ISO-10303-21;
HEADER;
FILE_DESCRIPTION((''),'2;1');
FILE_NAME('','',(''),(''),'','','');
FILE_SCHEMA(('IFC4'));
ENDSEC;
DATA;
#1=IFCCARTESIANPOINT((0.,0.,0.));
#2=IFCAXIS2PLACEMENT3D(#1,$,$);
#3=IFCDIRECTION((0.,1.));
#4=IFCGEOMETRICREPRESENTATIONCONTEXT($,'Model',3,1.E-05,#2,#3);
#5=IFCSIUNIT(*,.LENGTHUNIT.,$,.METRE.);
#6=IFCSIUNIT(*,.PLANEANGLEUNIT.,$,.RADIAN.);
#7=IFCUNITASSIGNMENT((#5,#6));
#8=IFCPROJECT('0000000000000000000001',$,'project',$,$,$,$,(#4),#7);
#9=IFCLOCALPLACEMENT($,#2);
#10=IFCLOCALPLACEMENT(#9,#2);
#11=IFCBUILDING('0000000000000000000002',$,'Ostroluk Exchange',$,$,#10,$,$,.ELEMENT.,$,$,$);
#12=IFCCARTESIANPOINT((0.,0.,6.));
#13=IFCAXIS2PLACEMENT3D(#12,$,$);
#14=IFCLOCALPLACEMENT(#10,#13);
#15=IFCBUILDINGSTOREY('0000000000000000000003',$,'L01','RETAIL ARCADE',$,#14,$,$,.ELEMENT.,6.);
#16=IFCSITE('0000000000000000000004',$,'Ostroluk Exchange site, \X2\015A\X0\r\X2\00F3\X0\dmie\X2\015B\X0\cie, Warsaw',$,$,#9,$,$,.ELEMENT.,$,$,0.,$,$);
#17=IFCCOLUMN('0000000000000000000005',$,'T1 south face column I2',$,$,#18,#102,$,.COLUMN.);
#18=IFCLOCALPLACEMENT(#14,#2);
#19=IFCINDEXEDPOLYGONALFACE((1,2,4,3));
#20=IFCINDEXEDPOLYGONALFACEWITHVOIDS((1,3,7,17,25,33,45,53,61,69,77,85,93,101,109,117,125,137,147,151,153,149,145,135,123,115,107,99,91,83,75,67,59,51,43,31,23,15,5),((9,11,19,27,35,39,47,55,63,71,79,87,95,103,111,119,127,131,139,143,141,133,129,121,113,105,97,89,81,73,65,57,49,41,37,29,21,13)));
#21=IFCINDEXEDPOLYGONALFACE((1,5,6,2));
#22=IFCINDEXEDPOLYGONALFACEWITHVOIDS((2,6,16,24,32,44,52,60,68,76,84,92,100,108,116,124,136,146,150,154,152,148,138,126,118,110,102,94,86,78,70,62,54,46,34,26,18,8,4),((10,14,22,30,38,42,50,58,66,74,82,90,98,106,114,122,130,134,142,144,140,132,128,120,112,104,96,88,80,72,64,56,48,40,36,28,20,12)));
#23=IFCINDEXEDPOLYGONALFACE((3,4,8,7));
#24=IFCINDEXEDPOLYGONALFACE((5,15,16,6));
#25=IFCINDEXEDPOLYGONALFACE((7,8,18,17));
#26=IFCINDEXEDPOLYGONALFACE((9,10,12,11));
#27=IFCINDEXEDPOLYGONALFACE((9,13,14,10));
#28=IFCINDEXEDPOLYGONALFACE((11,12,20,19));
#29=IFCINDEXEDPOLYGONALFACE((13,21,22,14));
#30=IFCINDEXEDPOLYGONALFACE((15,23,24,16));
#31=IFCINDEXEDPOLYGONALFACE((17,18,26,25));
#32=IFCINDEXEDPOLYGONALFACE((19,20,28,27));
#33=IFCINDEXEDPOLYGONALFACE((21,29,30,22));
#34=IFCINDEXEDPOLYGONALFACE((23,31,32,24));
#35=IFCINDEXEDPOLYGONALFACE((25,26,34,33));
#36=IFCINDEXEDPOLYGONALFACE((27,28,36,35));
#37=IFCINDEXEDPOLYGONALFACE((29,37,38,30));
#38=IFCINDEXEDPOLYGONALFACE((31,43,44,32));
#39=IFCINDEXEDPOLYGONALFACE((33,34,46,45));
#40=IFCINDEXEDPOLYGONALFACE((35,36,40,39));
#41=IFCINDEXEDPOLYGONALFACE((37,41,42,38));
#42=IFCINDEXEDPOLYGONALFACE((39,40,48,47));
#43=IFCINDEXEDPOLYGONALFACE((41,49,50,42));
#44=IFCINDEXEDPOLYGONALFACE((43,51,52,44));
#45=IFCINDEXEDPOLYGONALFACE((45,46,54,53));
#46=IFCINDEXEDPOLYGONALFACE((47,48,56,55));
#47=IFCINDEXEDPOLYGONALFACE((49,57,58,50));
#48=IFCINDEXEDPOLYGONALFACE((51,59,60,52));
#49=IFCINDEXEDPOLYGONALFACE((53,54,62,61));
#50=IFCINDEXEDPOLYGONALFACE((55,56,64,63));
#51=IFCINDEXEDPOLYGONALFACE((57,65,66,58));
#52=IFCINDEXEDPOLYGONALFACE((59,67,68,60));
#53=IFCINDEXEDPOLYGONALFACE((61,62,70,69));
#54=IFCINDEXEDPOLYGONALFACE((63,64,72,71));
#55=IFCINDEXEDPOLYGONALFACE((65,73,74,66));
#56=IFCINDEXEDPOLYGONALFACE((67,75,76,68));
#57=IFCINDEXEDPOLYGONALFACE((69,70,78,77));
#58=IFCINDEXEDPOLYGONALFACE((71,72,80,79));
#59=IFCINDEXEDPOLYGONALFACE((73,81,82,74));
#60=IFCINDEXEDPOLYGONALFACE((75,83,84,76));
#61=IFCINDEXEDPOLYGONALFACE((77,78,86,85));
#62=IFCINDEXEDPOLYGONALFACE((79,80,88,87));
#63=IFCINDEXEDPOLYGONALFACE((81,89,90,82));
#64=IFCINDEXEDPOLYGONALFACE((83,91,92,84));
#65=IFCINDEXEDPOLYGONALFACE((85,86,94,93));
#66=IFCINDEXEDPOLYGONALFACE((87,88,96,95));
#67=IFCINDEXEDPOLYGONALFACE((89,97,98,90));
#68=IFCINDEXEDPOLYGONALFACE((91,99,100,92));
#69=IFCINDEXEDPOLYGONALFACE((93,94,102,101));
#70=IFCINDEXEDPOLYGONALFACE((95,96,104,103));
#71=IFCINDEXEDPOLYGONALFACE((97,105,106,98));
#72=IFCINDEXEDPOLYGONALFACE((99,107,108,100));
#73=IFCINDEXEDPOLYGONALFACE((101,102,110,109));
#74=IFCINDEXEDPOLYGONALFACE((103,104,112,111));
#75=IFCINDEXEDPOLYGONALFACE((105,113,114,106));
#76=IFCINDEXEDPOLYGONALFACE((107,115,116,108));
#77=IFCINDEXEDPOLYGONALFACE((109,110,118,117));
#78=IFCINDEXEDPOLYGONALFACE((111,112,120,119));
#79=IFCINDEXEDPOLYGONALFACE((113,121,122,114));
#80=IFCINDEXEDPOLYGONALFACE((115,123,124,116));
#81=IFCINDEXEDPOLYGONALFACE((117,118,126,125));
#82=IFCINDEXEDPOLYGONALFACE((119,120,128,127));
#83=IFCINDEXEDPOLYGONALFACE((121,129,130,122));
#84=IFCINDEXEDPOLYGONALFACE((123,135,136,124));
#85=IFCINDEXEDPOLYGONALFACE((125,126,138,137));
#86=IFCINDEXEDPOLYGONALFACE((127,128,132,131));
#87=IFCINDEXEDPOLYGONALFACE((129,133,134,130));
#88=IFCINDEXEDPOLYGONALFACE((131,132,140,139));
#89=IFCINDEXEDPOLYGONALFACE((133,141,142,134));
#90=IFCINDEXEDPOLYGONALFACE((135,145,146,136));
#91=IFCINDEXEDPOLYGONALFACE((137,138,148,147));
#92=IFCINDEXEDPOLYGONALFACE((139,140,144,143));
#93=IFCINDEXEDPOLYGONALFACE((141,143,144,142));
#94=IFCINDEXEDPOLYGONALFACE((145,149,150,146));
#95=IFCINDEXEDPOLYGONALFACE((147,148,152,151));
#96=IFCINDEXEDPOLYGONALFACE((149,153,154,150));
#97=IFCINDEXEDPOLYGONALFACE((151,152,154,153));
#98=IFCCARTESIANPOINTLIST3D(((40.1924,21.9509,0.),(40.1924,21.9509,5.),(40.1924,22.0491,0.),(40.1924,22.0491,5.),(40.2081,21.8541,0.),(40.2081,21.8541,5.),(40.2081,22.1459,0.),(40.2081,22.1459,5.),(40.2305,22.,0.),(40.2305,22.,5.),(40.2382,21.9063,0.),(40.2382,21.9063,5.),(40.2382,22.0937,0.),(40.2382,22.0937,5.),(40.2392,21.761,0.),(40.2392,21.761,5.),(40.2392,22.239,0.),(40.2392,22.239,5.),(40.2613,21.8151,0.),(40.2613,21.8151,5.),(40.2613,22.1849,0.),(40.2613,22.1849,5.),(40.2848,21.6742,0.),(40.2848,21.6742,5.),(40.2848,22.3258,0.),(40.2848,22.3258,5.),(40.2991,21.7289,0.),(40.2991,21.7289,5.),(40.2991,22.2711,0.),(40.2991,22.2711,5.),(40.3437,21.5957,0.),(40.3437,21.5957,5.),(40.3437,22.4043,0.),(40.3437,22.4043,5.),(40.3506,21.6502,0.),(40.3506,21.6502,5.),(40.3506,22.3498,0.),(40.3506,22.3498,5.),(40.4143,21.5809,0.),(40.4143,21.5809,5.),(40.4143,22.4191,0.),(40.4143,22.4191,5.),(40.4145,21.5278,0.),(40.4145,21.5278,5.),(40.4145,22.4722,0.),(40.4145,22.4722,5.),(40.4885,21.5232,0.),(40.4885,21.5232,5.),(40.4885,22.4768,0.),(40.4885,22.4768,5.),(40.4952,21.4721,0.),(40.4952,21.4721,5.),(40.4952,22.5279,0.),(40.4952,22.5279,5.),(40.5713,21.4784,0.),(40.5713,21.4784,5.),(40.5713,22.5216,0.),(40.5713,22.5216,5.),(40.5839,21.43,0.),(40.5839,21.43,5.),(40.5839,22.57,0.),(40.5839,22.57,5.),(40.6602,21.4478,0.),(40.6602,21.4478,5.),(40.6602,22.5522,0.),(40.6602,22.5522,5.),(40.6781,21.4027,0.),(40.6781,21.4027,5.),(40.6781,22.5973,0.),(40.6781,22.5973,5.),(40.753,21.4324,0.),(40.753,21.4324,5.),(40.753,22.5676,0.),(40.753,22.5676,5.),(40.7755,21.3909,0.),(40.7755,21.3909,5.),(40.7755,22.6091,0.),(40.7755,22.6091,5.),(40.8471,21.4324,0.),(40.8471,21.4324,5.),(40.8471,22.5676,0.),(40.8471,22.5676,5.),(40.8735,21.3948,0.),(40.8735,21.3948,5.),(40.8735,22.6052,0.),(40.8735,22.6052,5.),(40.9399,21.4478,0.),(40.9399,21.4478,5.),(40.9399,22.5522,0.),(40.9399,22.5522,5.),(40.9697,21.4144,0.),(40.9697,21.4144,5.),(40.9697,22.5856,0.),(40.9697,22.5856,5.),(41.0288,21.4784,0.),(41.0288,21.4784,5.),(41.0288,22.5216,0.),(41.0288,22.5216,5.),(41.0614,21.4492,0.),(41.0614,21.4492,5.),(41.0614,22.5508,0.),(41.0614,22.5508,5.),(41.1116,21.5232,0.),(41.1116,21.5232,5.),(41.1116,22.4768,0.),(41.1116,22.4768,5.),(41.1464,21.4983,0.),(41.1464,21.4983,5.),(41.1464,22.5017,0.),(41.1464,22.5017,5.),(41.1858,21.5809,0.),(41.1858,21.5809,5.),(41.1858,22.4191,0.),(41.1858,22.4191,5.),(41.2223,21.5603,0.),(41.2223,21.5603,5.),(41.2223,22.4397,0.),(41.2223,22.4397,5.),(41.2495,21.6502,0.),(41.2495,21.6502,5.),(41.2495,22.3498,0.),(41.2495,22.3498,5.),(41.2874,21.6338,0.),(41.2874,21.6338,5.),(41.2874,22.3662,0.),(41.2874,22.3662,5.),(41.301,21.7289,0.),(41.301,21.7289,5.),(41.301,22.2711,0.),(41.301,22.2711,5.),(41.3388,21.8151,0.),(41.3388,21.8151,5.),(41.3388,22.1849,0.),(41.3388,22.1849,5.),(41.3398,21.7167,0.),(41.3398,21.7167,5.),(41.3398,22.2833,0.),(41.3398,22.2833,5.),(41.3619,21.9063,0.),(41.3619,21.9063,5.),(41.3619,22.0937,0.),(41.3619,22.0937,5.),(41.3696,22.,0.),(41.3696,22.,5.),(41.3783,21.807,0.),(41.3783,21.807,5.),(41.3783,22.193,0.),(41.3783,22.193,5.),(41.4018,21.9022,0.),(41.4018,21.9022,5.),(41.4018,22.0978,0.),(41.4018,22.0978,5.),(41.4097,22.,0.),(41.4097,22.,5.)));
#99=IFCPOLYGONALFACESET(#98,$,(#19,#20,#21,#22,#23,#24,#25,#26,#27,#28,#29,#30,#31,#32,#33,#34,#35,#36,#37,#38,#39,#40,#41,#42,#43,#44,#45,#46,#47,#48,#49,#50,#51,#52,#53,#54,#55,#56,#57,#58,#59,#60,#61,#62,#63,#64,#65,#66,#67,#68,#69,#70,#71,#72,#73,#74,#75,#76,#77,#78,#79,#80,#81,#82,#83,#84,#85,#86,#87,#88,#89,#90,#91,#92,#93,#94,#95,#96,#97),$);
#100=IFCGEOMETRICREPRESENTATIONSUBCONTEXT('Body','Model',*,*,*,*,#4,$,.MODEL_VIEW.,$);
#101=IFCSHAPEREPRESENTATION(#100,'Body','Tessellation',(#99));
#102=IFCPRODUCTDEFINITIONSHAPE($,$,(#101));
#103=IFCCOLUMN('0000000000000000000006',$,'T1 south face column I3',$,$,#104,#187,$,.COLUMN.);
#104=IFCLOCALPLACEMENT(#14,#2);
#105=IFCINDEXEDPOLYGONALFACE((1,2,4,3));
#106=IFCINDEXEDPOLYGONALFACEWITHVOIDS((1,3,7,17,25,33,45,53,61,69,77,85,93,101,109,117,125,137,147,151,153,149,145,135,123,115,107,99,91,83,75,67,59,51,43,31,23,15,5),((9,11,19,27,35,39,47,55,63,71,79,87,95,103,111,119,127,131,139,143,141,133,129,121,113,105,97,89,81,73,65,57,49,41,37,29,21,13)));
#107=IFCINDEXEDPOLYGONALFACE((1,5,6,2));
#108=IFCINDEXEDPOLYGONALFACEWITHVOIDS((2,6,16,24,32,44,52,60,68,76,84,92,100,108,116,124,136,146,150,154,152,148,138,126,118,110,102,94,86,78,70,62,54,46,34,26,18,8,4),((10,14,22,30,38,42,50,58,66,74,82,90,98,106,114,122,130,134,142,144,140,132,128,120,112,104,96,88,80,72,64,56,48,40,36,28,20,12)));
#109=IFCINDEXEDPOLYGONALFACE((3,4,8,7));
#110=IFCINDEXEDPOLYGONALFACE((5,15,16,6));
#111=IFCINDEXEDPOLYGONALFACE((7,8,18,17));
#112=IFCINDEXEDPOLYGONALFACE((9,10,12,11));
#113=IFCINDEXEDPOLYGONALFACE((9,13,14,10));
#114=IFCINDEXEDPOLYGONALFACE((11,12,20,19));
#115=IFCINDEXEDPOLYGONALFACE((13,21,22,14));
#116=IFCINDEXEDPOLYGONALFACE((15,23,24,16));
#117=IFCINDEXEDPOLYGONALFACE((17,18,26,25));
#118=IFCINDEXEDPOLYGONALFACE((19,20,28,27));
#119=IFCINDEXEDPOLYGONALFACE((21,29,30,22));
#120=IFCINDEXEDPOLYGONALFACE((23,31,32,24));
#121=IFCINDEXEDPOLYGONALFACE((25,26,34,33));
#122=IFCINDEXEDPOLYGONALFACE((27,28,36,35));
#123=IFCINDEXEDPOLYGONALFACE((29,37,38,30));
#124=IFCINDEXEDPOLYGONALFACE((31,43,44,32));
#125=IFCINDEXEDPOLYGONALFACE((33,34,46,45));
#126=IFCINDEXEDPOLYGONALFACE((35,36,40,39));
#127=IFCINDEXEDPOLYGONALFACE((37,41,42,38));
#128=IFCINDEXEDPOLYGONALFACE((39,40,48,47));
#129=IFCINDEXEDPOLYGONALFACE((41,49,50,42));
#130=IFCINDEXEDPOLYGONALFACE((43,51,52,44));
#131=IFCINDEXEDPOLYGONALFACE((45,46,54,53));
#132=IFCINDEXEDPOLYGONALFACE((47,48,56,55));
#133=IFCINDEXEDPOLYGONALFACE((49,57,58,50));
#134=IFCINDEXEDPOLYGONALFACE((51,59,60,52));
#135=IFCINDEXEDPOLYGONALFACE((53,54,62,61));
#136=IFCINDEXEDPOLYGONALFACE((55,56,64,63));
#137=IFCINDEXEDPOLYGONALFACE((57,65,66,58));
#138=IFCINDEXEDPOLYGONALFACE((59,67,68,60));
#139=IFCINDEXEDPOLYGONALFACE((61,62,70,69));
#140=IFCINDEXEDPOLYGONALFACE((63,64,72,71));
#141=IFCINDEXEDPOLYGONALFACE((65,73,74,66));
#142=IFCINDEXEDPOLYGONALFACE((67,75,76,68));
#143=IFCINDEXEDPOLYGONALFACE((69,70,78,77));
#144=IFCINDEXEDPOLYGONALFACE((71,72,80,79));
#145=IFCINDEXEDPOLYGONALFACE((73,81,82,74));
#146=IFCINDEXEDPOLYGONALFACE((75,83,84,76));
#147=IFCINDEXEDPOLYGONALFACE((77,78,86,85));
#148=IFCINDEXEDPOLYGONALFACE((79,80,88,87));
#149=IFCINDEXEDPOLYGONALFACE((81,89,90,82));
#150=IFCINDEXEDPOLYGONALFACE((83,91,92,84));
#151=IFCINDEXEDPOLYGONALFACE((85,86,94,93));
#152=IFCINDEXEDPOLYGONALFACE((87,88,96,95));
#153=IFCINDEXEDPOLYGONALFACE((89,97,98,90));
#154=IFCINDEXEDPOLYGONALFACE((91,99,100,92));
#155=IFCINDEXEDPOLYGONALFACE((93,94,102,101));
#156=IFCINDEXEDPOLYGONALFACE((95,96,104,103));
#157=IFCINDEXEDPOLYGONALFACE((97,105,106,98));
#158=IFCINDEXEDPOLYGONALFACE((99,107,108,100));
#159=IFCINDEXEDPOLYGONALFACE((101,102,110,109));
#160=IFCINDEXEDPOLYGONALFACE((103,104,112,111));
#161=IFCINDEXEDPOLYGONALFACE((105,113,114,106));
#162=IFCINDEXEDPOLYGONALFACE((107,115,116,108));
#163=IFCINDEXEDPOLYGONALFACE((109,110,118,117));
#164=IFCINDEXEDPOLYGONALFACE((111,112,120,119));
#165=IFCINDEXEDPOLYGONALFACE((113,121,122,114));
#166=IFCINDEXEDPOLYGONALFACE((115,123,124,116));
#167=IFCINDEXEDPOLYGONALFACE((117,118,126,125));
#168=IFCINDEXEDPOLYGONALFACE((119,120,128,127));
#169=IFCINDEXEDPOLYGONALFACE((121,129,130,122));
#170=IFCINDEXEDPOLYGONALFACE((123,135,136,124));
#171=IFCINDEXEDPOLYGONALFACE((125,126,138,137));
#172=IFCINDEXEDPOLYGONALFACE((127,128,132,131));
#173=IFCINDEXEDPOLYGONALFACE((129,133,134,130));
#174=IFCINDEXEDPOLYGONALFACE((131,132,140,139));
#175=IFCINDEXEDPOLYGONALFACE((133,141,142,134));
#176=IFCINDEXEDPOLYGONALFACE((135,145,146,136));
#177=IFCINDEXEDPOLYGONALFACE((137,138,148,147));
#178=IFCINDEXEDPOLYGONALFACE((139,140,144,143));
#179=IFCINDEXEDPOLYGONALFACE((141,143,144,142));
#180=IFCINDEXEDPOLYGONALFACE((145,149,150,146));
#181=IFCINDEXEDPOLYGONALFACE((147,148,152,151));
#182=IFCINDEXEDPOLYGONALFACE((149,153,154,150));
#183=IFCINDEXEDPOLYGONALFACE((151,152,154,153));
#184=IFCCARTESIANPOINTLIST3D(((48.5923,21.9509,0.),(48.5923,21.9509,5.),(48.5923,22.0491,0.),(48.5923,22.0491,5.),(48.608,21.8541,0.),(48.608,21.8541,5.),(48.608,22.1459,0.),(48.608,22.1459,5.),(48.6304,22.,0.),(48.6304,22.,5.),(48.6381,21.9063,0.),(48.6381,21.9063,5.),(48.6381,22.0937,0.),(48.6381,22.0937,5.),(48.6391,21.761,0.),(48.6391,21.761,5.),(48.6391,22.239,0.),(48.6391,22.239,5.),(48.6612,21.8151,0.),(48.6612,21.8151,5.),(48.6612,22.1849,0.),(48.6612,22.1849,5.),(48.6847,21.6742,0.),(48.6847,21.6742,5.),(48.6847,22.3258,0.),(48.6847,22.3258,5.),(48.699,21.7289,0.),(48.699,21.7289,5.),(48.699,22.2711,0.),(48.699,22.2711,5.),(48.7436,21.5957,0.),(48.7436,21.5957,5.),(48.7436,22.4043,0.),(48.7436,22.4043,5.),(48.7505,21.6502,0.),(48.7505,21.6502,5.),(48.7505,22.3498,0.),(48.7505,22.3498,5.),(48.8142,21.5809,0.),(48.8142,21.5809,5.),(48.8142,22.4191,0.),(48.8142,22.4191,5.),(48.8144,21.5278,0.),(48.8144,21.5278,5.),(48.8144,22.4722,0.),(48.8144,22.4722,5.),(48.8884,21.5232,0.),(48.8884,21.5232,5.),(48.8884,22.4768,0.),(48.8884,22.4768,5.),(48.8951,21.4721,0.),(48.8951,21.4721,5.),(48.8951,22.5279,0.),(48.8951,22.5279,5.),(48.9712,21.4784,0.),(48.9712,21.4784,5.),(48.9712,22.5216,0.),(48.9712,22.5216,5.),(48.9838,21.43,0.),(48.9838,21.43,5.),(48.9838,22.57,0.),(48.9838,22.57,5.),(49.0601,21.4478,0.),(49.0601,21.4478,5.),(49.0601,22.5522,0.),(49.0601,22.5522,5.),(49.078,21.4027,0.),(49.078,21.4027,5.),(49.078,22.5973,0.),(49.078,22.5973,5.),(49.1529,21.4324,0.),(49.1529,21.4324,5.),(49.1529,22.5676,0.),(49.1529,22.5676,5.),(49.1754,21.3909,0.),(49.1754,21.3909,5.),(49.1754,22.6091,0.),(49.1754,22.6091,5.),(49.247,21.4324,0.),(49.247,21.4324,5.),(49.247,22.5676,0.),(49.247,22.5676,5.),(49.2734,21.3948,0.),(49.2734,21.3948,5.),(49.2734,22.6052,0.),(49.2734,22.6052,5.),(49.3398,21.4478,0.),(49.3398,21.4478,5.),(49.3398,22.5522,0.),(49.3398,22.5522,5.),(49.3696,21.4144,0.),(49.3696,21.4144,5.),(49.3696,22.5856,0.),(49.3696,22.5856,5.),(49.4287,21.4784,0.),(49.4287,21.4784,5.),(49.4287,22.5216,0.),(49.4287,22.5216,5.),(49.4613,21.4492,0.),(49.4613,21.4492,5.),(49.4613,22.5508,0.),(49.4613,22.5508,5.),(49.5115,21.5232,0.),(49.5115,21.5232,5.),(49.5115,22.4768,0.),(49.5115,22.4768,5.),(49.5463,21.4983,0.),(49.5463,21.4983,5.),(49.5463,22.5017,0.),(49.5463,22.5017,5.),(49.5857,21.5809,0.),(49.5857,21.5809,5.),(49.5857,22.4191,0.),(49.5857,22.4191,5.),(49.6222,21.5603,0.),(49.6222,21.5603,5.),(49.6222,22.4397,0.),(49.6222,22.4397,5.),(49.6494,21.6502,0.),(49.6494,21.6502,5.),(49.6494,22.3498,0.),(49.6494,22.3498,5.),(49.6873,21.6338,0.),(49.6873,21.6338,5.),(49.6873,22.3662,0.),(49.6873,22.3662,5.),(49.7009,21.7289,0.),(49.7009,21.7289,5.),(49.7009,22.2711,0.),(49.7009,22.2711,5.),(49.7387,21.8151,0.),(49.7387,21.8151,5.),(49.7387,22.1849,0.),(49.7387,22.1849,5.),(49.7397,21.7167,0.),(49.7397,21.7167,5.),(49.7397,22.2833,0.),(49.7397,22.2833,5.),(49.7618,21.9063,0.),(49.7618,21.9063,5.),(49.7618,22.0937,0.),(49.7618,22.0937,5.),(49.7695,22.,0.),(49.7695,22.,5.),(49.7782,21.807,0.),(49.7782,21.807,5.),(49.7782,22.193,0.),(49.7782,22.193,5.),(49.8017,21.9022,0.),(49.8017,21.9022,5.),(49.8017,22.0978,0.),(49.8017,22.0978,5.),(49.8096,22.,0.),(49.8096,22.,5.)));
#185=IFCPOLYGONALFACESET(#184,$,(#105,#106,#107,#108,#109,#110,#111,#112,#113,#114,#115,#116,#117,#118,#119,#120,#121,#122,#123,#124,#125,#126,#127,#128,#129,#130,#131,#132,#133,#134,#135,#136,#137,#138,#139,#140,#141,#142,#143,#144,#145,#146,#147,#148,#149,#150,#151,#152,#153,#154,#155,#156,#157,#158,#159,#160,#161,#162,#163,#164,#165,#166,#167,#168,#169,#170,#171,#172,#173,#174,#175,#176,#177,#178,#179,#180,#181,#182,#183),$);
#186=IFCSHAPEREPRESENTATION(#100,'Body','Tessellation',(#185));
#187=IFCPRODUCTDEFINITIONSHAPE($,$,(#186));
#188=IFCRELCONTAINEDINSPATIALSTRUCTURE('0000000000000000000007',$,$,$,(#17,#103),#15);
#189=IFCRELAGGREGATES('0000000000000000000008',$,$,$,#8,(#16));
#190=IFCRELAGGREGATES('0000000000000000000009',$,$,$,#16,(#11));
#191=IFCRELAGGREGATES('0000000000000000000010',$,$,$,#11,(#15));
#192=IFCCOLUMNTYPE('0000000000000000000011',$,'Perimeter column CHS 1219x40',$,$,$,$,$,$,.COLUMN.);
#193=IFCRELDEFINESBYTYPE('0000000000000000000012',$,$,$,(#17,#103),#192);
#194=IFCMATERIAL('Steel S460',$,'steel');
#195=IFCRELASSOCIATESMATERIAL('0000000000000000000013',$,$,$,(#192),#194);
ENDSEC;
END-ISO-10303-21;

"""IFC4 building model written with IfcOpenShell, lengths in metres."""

from ifc_helpers import new_model, si_unit, direction, frame, origin, origin_2d, place, context, subcontext, project, spatial, hollow_circle, extrude, material, material_profile, profile_set, type_object, element, save


model = new_model("IFC4")

# Units and contexts
model_context = context("Model", 3, precision=1e-05, world=origin(), true_north=direction((0.0, 1.0)))
body_context = subcontext(model_context, "Body", "Model", "MODEL_VIEW")
ifc_project = project(units=[si_unit("LENGTHUNIT", "METRE"), si_unit("PLANEANGLEUNIT", "RADIAN")], contexts=[model_context])

# Site, building, storey
site_placement = place(None, origin())
site = spatial("IfcSite", under=ifc_project, at=site_placement, Name="Ostroluk Exchange site, Śródmieście, Warsaw", CompositionType="ELEMENT", RefElevation=0.0)
building_placement = place(site_placement, origin())
building = spatial("IfcBuilding", under=site, at=building_placement, Name="Ostroluk Exchange", CompositionType="ELEMENT")
storey_placement = place(building_placement, frame((0.0, 0.0, 6.0)))
storey = spatial("IfcBuildingStorey", under=building, at=storey_placement, Name="L01", Description="RETAIL ARCADE", CompositionType="ELEMENT", Elevation=6.0)

# Columns
ifc_material_1 = material(Name="Steel S460", Category="steel")
ifc_material_profile_1 = material_profile(ifc_material_1, hollow_circle(Radius=0.6096, WallThickness=0.04, at=origin_2d()), Name="CHS 1219x40")
ifc_profile_set_1 = profile_set([ifc_material_profile_1], Name="Steel S460")
column_type_1 = type_object("IfcColumnType", Name="Perimeter column CHS 1219x40", PredefinedType="COLUMN", material=ifc_profile_set_1)
for number, where, z_axis, x_axis, name in (
    (1, (40.8, 22.0, 0.0), (0.0, 0.0, 1.0), (1.0, 0.0, 0.0), "T1 south face column I2"),
    (2, (49.2, 22.0, 0.0), (0.0, 0.0, 1.0), (1.0, 0.0, 0.0), "T1 south face column I3"),
):
    element("IfcColumn", number, at=place(storey_placement, frame(where, z_axis=z_axis, x_axis=x_axis)), inside=storey, type_object=column_type_1, Name=name, PredefinedType="COLUMN", context=body_context, shape_type="SweptSolid", body=[
        extrude(hollow_circle(Radius=0.6096, WallThickness=0.04, at=origin_2d()), origin(), (0.0, 0.0, 1.0), 5.0),
    ])

save(model, "model.ifc")
